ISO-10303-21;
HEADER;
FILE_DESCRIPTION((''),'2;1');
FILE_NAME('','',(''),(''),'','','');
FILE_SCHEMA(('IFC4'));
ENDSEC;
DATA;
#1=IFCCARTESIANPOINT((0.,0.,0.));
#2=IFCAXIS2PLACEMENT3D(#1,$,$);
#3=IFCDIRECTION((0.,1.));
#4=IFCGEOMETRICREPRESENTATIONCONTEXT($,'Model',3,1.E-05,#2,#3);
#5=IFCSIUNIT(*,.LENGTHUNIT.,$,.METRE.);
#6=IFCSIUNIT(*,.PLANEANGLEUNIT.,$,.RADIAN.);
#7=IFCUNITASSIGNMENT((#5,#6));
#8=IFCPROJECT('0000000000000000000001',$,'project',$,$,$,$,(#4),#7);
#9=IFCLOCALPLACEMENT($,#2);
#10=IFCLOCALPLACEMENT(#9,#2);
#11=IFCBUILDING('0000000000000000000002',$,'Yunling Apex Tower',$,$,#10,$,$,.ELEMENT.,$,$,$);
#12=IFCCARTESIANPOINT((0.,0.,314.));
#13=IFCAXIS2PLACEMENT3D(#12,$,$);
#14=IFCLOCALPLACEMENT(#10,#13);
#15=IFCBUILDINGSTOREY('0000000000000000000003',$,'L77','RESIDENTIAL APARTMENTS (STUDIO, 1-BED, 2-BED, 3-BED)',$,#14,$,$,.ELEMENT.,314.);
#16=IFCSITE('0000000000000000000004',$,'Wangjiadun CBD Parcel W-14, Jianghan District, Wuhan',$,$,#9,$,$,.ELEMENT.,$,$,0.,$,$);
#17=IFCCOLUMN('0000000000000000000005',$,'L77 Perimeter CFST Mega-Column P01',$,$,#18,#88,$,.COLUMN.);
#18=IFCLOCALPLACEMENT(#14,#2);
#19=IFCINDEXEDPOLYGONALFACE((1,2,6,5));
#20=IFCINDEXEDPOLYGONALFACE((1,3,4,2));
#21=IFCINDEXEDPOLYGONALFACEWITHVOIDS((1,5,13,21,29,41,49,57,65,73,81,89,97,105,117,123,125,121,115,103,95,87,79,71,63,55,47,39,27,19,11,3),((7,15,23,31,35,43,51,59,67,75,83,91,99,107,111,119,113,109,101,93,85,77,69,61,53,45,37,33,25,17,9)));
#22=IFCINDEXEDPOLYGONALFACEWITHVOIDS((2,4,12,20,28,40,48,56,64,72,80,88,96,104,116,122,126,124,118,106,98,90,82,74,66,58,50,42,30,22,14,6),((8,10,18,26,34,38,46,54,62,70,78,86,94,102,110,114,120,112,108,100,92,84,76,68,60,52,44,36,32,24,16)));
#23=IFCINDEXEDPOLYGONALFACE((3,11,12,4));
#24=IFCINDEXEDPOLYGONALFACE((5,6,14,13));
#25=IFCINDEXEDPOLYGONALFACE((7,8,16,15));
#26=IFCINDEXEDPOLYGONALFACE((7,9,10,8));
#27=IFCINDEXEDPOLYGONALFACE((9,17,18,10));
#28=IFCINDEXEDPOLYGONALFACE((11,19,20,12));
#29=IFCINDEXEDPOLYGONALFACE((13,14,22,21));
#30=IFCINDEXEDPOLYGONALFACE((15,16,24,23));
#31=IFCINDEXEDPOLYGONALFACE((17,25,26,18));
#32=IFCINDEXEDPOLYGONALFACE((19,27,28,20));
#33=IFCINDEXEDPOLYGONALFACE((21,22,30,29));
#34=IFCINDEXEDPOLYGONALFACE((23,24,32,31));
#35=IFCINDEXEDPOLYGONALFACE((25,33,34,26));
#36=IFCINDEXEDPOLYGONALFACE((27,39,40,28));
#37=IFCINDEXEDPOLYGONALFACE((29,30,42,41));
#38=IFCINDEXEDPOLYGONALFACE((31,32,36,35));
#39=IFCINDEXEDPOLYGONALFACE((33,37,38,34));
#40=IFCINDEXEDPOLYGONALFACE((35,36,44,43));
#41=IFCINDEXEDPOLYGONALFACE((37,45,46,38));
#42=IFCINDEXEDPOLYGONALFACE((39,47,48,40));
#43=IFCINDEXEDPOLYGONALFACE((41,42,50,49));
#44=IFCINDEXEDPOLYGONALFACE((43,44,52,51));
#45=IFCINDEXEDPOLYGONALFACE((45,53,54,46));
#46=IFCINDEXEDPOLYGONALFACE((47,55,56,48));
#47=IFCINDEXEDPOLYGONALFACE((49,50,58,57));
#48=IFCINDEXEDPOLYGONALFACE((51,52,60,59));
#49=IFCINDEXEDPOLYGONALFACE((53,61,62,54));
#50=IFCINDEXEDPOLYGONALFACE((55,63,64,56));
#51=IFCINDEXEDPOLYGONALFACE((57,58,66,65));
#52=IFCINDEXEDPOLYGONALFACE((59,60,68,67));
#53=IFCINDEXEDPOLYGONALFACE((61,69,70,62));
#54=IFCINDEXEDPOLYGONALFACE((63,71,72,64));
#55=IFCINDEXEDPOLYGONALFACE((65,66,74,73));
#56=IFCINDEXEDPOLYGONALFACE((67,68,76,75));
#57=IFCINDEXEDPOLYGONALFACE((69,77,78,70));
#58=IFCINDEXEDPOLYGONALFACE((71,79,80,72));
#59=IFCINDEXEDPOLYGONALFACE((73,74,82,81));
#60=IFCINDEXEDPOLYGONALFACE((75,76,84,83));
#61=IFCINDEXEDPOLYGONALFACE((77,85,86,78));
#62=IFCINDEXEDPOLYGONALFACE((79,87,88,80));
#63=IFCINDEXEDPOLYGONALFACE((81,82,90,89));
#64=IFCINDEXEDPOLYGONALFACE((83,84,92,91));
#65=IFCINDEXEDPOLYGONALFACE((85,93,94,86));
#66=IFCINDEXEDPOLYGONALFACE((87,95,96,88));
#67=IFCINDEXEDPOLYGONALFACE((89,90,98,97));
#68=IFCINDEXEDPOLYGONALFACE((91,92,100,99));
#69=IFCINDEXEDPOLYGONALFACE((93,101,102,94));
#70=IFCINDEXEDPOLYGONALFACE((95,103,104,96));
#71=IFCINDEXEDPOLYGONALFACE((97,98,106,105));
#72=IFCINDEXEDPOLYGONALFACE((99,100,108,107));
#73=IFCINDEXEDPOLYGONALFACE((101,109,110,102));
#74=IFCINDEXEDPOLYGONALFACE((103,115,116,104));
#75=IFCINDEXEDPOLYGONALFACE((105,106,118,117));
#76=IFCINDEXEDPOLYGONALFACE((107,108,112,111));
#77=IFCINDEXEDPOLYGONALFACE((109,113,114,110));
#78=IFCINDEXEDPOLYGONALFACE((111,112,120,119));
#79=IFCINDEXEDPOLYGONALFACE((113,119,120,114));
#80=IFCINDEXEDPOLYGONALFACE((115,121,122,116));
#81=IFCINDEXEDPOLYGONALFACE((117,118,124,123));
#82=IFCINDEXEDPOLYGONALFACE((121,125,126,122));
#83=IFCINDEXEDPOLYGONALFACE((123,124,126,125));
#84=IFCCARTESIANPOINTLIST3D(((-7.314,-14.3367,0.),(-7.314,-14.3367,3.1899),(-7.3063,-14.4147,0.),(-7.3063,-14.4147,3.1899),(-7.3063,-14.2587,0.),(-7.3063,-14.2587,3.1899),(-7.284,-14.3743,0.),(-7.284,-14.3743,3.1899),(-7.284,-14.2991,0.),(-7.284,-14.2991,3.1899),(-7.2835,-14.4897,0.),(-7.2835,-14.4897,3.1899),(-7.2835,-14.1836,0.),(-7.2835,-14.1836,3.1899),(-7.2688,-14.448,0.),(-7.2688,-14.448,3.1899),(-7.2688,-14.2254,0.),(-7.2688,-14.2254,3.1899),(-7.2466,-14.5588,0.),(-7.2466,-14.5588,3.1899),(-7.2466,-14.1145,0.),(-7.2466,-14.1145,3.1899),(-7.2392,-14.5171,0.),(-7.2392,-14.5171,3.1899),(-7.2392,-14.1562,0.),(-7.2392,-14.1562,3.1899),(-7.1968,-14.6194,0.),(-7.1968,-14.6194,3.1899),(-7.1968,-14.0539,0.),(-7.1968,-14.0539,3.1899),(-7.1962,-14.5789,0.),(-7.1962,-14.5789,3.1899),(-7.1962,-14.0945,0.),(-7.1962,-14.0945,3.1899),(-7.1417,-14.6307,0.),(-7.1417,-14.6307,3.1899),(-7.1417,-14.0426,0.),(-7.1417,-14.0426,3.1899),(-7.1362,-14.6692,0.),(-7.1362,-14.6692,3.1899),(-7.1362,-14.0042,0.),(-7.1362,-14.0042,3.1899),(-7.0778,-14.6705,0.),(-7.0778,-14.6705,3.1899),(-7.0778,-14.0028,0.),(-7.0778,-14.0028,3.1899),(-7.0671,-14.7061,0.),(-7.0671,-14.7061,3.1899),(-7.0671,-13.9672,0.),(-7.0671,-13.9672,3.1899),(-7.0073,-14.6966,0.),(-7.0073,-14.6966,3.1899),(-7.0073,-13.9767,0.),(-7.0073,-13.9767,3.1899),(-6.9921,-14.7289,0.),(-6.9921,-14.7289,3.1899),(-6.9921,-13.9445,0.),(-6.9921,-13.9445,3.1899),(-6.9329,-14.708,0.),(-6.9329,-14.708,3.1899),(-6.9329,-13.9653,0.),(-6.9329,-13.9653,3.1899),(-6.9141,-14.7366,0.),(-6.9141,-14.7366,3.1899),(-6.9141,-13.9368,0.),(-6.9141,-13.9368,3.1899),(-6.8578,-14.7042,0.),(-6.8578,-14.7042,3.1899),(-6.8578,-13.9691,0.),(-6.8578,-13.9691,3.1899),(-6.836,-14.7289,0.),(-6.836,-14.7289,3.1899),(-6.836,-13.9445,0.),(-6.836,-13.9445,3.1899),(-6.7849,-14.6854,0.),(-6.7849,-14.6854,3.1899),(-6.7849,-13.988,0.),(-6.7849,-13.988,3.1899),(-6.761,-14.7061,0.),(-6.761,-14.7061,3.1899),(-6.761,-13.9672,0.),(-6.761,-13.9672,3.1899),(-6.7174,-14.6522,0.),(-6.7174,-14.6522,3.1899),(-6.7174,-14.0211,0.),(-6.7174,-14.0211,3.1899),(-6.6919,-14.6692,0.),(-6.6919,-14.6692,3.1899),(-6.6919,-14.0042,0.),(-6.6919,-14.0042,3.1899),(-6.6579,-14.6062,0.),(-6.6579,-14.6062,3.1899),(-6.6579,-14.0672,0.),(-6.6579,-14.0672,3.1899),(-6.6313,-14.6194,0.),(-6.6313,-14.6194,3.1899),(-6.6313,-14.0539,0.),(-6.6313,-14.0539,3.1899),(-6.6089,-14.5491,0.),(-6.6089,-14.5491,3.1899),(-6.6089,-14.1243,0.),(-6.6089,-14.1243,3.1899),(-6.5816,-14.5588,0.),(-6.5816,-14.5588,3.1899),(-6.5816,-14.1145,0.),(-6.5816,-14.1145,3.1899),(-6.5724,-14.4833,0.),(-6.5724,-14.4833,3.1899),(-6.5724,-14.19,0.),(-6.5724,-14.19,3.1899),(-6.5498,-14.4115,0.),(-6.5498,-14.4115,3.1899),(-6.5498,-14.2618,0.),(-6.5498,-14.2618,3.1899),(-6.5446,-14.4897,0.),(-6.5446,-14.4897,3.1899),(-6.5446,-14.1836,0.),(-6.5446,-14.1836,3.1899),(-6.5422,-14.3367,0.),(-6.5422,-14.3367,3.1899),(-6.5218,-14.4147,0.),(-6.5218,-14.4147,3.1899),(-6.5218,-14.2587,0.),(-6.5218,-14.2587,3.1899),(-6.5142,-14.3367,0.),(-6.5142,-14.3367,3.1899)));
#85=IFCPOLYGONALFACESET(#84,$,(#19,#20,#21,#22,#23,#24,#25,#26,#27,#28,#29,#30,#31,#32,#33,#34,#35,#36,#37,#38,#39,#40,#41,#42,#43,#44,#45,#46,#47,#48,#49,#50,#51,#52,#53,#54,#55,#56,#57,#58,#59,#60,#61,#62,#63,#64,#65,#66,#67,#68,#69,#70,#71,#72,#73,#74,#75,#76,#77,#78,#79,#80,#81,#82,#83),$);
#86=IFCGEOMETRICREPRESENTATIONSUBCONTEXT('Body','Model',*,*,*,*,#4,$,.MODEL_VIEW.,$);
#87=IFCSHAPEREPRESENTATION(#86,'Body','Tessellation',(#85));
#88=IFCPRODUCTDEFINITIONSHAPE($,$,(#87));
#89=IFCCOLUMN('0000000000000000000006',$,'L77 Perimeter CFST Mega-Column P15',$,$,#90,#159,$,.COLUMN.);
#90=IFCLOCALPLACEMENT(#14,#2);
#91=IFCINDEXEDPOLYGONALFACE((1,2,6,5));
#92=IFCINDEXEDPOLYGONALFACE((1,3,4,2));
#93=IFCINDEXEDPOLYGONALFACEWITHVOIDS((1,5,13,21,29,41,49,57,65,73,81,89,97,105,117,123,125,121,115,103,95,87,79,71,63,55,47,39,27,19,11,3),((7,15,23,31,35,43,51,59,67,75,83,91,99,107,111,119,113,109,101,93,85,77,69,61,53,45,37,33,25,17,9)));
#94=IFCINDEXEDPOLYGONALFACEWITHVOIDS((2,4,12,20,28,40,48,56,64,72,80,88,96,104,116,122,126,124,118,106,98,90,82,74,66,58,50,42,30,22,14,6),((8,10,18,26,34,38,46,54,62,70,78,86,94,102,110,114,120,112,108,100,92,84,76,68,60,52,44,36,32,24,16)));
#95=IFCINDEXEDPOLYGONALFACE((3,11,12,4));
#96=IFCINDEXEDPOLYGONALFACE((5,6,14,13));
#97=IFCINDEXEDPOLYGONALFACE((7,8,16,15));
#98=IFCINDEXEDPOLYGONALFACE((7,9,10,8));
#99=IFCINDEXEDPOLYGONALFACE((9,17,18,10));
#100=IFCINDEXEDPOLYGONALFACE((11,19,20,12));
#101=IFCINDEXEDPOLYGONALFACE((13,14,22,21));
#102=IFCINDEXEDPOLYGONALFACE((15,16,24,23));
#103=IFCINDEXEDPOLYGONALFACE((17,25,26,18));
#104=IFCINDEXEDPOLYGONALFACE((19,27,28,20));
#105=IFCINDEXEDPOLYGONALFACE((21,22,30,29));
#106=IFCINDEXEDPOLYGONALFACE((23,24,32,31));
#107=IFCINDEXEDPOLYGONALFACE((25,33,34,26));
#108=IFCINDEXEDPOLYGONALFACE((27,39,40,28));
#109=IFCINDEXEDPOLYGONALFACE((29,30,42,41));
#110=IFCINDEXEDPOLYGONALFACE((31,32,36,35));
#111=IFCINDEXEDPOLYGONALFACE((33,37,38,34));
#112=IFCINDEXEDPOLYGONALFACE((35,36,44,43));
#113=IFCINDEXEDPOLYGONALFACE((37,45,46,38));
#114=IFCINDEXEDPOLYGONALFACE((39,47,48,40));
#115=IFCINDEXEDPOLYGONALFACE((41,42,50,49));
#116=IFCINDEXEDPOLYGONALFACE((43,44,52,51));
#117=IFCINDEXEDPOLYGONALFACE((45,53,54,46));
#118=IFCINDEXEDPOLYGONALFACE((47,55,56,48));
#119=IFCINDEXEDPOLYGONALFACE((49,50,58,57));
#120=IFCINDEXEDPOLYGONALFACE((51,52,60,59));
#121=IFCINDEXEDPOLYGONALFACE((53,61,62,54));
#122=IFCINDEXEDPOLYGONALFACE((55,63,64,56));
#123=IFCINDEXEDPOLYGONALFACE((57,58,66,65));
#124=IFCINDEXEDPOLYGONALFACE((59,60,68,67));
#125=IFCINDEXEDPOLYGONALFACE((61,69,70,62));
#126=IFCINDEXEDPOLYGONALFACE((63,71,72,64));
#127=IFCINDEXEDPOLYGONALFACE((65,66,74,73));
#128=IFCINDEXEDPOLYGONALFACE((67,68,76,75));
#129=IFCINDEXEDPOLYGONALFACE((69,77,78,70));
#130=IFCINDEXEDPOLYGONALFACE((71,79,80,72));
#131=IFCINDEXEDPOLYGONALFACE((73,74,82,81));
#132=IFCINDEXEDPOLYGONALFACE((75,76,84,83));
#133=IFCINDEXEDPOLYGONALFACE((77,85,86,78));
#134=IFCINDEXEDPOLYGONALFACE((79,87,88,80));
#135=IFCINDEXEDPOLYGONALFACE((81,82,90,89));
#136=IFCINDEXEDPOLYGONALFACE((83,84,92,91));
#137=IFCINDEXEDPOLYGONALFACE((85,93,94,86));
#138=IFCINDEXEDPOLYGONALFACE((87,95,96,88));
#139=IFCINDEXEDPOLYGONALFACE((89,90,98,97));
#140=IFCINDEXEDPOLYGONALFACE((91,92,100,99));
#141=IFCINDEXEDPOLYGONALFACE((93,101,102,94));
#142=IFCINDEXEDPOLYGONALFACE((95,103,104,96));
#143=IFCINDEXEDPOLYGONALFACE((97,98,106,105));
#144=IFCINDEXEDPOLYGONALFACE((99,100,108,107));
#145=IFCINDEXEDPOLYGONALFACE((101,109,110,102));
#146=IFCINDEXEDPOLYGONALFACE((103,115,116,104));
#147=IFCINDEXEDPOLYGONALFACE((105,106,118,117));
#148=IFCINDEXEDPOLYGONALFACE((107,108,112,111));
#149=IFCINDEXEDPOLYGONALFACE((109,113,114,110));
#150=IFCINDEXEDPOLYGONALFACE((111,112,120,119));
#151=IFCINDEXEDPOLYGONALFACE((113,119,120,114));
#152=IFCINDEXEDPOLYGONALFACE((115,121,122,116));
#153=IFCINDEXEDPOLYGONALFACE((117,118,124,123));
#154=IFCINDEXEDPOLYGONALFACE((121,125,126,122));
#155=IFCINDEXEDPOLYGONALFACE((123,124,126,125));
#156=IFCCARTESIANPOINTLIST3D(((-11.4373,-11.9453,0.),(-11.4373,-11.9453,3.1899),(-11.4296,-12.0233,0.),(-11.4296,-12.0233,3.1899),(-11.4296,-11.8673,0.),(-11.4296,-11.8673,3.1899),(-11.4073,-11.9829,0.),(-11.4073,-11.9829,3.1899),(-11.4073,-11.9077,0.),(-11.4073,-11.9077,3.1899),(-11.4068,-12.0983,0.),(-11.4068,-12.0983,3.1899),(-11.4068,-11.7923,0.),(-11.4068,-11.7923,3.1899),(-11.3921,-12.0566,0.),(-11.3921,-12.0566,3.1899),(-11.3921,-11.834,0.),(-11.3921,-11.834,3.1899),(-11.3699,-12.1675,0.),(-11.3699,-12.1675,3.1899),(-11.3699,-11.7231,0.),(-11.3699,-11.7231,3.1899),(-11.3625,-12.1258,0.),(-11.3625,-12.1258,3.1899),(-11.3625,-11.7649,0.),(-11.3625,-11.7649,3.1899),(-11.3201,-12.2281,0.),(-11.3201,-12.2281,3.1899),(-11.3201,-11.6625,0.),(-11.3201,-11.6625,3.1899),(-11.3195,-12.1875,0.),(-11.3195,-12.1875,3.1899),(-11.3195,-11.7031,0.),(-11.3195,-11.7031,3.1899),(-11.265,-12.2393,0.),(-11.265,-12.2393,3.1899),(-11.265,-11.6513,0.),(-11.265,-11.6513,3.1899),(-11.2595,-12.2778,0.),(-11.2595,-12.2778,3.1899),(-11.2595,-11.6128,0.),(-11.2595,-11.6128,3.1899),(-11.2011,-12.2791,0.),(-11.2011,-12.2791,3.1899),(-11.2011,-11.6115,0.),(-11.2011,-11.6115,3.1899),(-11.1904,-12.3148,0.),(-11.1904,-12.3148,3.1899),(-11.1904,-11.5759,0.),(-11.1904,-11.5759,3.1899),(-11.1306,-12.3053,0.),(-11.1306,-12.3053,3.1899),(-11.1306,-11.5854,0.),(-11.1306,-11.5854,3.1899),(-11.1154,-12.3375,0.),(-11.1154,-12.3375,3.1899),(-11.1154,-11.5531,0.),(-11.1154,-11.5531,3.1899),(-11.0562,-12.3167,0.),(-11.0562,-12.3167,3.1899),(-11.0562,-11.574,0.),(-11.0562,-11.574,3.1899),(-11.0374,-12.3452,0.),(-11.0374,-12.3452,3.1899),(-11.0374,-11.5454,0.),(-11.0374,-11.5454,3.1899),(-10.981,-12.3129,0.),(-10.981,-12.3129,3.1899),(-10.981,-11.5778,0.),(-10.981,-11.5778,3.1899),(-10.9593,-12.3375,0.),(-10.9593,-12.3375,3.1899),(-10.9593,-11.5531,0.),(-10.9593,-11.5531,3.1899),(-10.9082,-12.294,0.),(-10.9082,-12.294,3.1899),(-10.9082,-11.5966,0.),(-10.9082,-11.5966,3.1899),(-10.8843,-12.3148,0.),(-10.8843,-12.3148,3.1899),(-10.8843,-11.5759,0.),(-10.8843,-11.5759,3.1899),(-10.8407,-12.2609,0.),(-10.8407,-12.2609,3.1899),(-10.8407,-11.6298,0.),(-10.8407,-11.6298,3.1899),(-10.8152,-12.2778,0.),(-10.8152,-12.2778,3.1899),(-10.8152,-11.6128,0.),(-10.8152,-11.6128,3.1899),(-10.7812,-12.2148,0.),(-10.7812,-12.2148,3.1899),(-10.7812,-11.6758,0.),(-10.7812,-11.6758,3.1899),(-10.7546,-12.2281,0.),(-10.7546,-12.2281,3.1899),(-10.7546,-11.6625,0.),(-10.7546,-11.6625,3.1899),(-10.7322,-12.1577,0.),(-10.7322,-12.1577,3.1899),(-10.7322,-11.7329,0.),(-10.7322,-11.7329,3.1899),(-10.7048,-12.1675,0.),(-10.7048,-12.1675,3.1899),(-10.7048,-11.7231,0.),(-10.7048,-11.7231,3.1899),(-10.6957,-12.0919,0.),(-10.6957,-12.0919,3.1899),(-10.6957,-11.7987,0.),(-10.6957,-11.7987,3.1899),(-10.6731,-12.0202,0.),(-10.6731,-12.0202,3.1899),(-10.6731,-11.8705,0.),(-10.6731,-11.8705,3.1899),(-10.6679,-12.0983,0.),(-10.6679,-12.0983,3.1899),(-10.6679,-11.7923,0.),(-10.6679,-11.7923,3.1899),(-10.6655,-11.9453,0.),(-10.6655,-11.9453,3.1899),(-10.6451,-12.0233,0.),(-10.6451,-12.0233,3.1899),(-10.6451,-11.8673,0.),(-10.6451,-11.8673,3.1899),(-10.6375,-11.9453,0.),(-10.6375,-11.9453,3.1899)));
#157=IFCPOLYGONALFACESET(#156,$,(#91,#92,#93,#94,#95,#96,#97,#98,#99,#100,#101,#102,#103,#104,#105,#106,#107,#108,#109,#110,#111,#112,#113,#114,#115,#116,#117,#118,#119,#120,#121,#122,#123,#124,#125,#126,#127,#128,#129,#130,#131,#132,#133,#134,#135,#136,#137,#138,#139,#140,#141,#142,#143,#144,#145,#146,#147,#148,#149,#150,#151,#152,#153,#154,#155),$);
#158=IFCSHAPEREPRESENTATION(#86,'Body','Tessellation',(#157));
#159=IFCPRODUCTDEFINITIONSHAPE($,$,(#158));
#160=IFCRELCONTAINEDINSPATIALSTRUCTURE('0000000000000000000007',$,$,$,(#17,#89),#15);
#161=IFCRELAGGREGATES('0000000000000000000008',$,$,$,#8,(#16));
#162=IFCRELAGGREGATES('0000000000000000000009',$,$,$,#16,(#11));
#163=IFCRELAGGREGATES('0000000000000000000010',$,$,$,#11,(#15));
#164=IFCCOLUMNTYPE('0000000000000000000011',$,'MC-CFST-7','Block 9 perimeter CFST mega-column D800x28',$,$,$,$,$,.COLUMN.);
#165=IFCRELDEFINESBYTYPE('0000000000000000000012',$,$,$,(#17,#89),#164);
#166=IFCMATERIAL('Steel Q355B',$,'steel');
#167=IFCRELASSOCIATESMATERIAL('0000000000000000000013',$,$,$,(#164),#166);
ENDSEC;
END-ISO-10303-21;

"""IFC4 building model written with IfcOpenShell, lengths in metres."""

from ifc_helpers import new_model, si_unit, direction, frame, origin, origin_2d, place, context, subcontext, project, spatial, hollow_circle, extrude, source, transform, mapped, material, material_profile, profile_set, type_object, element, save


model = new_model("IFC4")

# Units and contexts
model_context = context("Model", 3, precision=1e-05, world=origin(), true_north=direction((0.0, 1.0)))
body_context = subcontext(model_context, "Body", "Model", "MODEL_VIEW")
ifc_project = project(units=[si_unit("LENGTHUNIT", "METRE"), si_unit("PLANEANGLEUNIT", "RADIAN")], contexts=[model_context])

# Site, building, storey
site_placement = place(None, origin())
site = spatial("IfcSite", under=ifc_project, at=site_placement, Name="Wangjiadun CBD Parcel W-14, Jianghan District, Wuhan", CompositionType="ELEMENT", RefElevation=0.0)
building_placement = place(site_placement, origin())
building = spatial("IfcBuilding", under=site, at=building_placement, Name="Yunling Apex Tower", CompositionType="ELEMENT")
storey_placement = place(building_placement, frame((0.0, 0.0, 314.0)))
storey = spatial("IfcBuildingStorey", under=building, at=storey_placement, Name="L77", Description="RESIDENTIAL APARTMENTS (STUDIO, 1-BED, 2-BED, 3-BED)", CompositionType="ELEMENT", Elevation=314.0)

# Columns
ifc_material_1 = material(Name="Steel Q355B", Category="steel")
ifc_material_profile_1 = material_profile(ifc_material_1, hollow_circle(Radius=0.3999, WallThickness=0.0281, at=origin_2d()))
ifc_profile_set_1 = profile_set([ifc_material_profile_1], Name="Steel Q355B")
column_type = type_object("IfcColumnType", Name="MC-CFST-7", Description="Block 9 perimeter CFST mega-column D800x28", PredefinedType="COLUMN", material=ifc_profile_set_1)
shared_shape_1 = source(origin(), body_context, "Body", "SweptSolid", [
    extrude(hollow_circle(Radius=0.3999, WallThickness=0.0281, at=origin_2d()), origin(), (0.0, 0.0, 1.0), 3.1899),
])
for number, where, z_axis, x_axis, name in (
    (1, (-6.9141, -14.3367, 0.0), (0.0, 0.0, 1.0), (1.0, 0.0, 0.0), "L77 Perimeter CFST Mega-Column P01"),
    (2, (-11.0374, -11.9453, 0.0), (0.0, 0.0, 1.0), (1.0, 0.0, 0.0), "L77 Perimeter CFST Mega-Column P15"),
):
    element("IfcColumn", number, at=place(storey_placement, frame(where, z_axis=z_axis, x_axis=x_axis)), inside=storey, type_object=column_type, Name=name, PredefinedType="COLUMN", context=body_context, shape_type="MappedRepresentation", body=[
        mapped(shared_shape_1, transform((0.0, 0.0, 0.0), scale=1.0)),
    ])

save(model, "model.ifc")
